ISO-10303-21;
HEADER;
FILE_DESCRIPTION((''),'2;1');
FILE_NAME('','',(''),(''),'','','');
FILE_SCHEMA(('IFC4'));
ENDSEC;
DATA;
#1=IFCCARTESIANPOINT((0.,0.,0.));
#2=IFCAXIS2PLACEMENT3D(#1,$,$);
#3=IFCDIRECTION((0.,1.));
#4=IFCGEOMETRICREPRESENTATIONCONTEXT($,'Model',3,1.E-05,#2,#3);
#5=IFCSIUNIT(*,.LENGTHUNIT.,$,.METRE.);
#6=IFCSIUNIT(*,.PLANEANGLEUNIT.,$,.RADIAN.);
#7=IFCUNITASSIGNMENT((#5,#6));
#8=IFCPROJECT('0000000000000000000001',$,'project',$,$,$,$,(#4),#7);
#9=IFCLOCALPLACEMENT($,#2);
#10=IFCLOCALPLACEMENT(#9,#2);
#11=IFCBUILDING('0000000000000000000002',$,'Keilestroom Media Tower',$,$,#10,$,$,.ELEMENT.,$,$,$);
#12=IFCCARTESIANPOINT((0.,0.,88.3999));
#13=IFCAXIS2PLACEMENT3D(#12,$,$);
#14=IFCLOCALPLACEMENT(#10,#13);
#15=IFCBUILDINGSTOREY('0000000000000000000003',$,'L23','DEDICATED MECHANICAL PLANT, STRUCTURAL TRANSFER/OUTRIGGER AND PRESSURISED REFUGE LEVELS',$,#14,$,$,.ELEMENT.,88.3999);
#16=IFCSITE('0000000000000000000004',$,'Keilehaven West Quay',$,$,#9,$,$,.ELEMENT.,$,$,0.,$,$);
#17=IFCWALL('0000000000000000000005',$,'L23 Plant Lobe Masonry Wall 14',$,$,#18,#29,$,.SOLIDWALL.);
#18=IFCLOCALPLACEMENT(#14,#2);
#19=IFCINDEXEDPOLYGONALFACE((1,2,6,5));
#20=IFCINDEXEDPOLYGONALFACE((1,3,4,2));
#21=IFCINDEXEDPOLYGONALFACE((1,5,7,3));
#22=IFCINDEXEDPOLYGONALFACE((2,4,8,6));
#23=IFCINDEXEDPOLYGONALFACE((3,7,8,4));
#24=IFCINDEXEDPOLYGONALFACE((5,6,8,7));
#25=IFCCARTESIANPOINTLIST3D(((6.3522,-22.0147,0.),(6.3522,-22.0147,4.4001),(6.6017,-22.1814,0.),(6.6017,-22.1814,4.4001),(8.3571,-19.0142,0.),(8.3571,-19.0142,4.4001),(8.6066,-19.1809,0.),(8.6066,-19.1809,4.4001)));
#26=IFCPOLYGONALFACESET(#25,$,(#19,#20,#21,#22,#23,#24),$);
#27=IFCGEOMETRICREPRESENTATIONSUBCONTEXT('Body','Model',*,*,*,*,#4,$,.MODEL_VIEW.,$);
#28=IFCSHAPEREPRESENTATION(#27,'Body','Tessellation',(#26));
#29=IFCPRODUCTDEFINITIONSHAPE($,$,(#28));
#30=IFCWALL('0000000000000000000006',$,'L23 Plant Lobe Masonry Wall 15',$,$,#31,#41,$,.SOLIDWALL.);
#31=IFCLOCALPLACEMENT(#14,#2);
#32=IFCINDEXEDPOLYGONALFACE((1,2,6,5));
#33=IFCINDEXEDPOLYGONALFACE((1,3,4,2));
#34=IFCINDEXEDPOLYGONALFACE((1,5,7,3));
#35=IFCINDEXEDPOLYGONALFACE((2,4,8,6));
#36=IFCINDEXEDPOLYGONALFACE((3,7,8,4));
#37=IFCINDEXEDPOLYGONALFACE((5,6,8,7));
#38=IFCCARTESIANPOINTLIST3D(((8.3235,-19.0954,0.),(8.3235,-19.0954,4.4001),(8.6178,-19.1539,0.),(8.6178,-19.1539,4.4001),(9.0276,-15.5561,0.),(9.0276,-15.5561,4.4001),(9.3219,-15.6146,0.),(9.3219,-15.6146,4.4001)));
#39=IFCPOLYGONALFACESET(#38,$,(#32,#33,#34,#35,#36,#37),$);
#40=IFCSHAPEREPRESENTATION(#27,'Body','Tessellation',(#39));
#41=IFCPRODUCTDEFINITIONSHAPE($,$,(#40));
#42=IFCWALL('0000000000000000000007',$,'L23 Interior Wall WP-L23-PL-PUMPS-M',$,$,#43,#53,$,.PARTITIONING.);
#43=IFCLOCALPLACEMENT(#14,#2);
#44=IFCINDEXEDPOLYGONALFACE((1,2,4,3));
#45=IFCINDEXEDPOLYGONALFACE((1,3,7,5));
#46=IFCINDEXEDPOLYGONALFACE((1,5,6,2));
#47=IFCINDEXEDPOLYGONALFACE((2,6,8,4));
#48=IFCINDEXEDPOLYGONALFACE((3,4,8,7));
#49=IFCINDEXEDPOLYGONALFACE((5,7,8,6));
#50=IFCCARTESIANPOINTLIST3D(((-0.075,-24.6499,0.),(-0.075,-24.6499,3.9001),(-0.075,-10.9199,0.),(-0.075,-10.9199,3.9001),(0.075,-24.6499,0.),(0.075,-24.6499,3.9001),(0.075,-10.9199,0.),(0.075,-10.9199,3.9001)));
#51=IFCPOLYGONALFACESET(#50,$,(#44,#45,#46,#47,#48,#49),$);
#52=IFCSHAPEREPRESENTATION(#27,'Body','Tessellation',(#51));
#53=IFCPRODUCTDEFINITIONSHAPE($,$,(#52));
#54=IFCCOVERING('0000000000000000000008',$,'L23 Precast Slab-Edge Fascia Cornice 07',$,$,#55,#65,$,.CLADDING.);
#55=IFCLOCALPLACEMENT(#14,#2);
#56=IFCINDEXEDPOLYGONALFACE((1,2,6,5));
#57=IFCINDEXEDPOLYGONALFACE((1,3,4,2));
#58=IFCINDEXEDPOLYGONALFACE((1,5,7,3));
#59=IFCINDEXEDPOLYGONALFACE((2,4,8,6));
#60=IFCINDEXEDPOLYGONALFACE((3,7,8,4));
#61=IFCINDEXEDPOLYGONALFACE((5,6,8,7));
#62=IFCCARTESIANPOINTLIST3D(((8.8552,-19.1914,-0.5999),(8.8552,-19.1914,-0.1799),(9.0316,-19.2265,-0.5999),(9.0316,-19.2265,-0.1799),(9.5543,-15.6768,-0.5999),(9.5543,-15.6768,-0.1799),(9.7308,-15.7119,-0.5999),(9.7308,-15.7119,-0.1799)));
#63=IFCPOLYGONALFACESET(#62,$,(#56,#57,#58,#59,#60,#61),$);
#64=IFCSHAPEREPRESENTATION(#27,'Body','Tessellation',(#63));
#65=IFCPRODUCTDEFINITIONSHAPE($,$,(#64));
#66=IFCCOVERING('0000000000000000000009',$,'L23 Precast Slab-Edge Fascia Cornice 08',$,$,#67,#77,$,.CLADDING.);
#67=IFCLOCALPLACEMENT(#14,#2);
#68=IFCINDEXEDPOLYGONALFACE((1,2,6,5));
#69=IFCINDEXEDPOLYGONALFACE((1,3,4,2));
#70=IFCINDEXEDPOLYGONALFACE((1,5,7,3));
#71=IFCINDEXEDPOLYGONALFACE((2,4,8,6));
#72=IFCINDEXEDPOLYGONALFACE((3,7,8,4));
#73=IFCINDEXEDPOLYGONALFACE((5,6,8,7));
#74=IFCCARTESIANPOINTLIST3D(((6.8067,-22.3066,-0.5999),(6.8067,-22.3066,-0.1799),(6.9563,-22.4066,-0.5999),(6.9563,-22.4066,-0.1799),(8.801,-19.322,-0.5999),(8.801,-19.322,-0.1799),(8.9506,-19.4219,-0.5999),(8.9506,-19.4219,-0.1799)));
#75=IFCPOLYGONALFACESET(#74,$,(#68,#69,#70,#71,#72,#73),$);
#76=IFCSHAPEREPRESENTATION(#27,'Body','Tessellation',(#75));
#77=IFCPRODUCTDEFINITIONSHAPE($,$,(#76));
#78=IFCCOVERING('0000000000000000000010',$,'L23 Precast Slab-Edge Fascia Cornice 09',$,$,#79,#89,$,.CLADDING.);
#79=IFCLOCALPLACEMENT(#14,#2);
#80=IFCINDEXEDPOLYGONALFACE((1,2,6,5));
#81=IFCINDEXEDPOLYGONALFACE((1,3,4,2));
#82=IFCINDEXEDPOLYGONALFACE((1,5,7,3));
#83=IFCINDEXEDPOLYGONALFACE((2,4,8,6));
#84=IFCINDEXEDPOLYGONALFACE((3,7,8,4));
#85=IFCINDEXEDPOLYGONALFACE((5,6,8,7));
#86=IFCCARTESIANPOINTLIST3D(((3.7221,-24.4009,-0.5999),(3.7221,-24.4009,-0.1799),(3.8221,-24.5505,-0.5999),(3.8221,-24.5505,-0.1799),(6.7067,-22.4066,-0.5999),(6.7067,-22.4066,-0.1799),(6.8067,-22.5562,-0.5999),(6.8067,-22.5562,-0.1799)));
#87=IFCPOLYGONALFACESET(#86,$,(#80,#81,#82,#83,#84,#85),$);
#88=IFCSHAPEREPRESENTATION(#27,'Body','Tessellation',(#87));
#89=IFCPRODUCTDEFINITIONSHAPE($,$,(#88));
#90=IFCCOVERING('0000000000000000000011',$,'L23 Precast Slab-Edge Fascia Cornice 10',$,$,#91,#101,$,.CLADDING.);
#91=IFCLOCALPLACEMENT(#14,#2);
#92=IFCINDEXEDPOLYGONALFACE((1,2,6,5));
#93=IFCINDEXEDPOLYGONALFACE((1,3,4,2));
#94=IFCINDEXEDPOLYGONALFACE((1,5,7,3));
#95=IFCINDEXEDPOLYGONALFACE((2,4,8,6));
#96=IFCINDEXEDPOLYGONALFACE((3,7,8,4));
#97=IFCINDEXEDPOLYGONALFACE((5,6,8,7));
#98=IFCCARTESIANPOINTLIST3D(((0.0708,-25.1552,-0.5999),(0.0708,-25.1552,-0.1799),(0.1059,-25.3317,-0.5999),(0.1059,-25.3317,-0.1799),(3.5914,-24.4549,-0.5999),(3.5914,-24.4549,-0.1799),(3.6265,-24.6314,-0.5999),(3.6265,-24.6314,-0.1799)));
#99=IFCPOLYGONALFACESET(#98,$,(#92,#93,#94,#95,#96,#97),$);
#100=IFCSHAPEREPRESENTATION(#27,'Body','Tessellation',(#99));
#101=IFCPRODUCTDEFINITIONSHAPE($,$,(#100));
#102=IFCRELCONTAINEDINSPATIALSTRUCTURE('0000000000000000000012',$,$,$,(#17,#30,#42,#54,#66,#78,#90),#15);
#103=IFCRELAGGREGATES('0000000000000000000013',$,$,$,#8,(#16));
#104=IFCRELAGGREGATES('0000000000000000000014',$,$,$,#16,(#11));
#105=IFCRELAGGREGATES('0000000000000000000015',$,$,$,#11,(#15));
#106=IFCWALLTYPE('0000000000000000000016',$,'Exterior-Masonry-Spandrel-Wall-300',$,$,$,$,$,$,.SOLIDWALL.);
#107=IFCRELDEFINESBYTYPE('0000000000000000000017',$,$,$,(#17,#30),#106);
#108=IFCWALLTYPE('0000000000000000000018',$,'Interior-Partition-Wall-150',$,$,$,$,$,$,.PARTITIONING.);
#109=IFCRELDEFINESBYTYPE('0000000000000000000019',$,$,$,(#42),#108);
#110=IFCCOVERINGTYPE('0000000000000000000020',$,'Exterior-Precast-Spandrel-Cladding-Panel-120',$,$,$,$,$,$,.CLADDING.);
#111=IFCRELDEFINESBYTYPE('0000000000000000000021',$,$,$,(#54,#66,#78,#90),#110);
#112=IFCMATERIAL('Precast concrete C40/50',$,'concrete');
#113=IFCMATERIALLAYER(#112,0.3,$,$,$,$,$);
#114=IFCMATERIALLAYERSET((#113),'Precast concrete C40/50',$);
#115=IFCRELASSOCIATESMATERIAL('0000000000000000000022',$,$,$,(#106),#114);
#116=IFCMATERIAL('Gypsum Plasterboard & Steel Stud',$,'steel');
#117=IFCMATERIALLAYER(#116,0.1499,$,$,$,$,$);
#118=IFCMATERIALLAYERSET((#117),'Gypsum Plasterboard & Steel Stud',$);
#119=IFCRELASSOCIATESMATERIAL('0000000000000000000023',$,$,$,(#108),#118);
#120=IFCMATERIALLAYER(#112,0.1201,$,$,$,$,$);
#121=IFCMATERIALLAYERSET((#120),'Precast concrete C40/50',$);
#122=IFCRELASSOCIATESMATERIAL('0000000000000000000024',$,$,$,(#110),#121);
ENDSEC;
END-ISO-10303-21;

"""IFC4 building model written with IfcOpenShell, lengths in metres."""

from ifc_helpers import new_model, si_unit, direction, frame, frame_2d, origin, origin_2d, place, context, subcontext, project, spatial, rectangle, extrude, source, transform, mapped, material, layer, layer_set, type_object, element, save


model = new_model("IFC4")

# Units and contexts
model_context = context("Model", 3, precision=1e-05, world=origin(), true_north=direction((0.0, 1.0)))
body_context = subcontext(model_context, "Body", "Model", "MODEL_VIEW")
ifc_project = project(units=[si_unit("LENGTHUNIT", "METRE"), si_unit("PLANEANGLEUNIT", "RADIAN")], contexts=[model_context])

# Site, building, storey
site_placement = place(None, origin())
site = spatial("IfcSite", under=ifc_project, at=site_placement, Name="Keilehaven West Quay", CompositionType="ELEMENT", RefElevation=0.0)
building_placement = place(site_placement, origin())
building = spatial("IfcBuilding", under=site, at=building_placement, Name="Keilestroom Media Tower", CompositionType="ELEMENT")
storey_placement = place(building_placement, frame((0.0, 0.0, 88.3999)))
storey = spatial("IfcBuildingStorey", under=building, at=storey_placement, Name="L23", Description="DEDICATED MECHANICAL PLANT, STRUCTURAL TRANSFER/OUTRIGGER AND PRESSURISED REFUGE LEVELS", CompositionType="ELEMENT", Elevation=88.3999)

# Walls
ifc_material_1 = material(Name="Precast concrete C40/50", Category="concrete")
ifc_layer_1 = layer(ifc_material_1, 0.3)
ifc_layer_set_1 = layer_set([ifc_layer_1], Name="Precast concrete C40/50")
wall_type_1 = type_object("IfcWallType", Name="Exterior-Masonry-Spandrel-Wall-300", PredefinedType="SOLIDWALL", material=ifc_layer_set_1)
for number, where, z_axis, x_axis, name in (
    (1, (6.4771, -22.0979, 0.0), (0.0, 0.0, 1.0), (0.555574, 0.831467, 0.0), "L23 Plant Lobe Masonry Wall 14"),
    (2, (8.4707, -19.1245, 0.0), (0.0, 0.0, 1.0), (0.195114, 0.980781, 0.0), "L23 Plant Lobe Masonry Wall 15"),
):
    element("IfcWall", number, at=place(storey_placement, frame(where, z_axis=z_axis, x_axis=x_axis)), inside=storey, type_object=wall_type_1, Name=name, PredefinedType="SOLIDWALL", context=body_context, shape_type="SweptSolid", body=[
        extrude(rectangle(XDim=3.6086, YDim=0.3, at=frame_2d((1.8042, 0.0))), origin(), (0.0, 0.0, 1.0), 4.4001),
    ])
ifc_material_2 = material(Name="Gypsum Plasterboard & Steel Stud", Category="steel")
ifc_layer_2 = layer(ifc_material_2, 0.1499)
ifc_layer_set_2 = layer_set([ifc_layer_2], Name="Gypsum Plasterboard & Steel Stud")
wall_type_2 = type_object("IfcWallType", Name="Interior-Partition-Wall-150", PredefinedType="PARTITIONING", material=ifc_layer_set_2)
wall_1_placement = place(storey_placement, frame((0.0, -24.6499, 0.0), z_axis=(0.0, 0.0, 1.0), x_axis=(0.0, 1.0, 0.0)))
element("IfcWall", 3, at=wall_1_placement, inside=storey, type_object=wall_type_2, Name="L23 Interior Wall WP-L23-PL-PUMPS-M", PredefinedType="PARTITIONING", context=body_context, shape_type="SweptSolid", body=[
    extrude(rectangle(XDim=13.73, YDim=0.1499, at=frame_2d((6.865, 0.0))), origin(), (0.0, 0.0, 1.0), 3.9001),
])

# Coverings
ifc_layer_3 = layer(ifc_material_1, 0.1201)
ifc_layer_set_3 = layer_set([ifc_layer_3], Name="Precast concrete C40/50")
covering_type = type_object("IfcCoveringType", Name="Exterior-Precast-Spandrel-Cladding-Panel-120", PredefinedType="CLADDING", material=ifc_layer_set_3)
shared_shape_1 = source(origin(), body_context, "Body", "SweptSolid", [
    extrude(rectangle(XDim=3.5835, YDim=0.1799, at=origin_2d()), origin(), (0.0, 0.0, 1.0), 0.4199),
])
covering_placement = place(storey_placement, frame((9.293, -17.4517, -0.5999), z_axis=(0.0, 0.0, 1.0), x_axis=(-0.195099, -0.980784, 0.0)))
element("IfcCovering", 4, at=covering_placement, inside=storey, type_object=covering_type, Name="L23 Precast Slab-Edge Fascia Cornice 07", PredefinedType="CLADDING", context=body_context, shape_type="MappedRepresentation", body=[
    mapped(shared_shape_1, transform((0.0, 0.0, 0.0), x_axis=(1.0, 0.0, 0.0), y_axis=(0.0, 1.0, 0.0), z_axis=(0.0, 0.0, 1.0), scale=1.0)),
])
shared_shape_2 = source(origin(), body_context, "Body", "SweptSolid", [
    extrude(rectangle(XDim=3.5896, YDim=0.1799, at=origin_2d()), origin(), (0.0, 0.0, 1.0), 0.4199),
])
for number, where, z_axis, x_axis, name in (
    (5, (7.8787, -20.8643, -0.5999), (0.0, 0.0, 1.0), (-0.555575, -0.831467, 0.0), "L23 Precast Slab-Edge Fascia Cornice 08"),
    (6, (5.2644, -23.4785, -0.5999), (0.0, 0.0, 1.0), (-0.831467, -0.555575, 0.0), "L23 Precast Slab-Edge Fascia Cornice 09"),
    (7, (1.8486, -24.8933, -0.5999), (0.0, 0.0, 1.0), (-0.980784, -0.195099, 0.0), "L23 Precast Slab-Edge Fascia Cornice 10"),
):
    element("IfcCovering", number, at=place(storey_placement, frame(where, z_axis=z_axis, x_axis=x_axis)), inside=storey, type_object=covering_type, Name=name, PredefinedType="CLADDING", context=body_context, shape_type="MappedRepresentation", body=[
        mapped(shared_shape_2, transform((0.0, 0.0, 0.0), x_axis=(1.0, 0.0, 0.0), y_axis=(0.0, 1.0, 0.0), z_axis=(0.0, 0.0, 1.0), scale=1.0)),
    ])

save(model, "model.ifc")
